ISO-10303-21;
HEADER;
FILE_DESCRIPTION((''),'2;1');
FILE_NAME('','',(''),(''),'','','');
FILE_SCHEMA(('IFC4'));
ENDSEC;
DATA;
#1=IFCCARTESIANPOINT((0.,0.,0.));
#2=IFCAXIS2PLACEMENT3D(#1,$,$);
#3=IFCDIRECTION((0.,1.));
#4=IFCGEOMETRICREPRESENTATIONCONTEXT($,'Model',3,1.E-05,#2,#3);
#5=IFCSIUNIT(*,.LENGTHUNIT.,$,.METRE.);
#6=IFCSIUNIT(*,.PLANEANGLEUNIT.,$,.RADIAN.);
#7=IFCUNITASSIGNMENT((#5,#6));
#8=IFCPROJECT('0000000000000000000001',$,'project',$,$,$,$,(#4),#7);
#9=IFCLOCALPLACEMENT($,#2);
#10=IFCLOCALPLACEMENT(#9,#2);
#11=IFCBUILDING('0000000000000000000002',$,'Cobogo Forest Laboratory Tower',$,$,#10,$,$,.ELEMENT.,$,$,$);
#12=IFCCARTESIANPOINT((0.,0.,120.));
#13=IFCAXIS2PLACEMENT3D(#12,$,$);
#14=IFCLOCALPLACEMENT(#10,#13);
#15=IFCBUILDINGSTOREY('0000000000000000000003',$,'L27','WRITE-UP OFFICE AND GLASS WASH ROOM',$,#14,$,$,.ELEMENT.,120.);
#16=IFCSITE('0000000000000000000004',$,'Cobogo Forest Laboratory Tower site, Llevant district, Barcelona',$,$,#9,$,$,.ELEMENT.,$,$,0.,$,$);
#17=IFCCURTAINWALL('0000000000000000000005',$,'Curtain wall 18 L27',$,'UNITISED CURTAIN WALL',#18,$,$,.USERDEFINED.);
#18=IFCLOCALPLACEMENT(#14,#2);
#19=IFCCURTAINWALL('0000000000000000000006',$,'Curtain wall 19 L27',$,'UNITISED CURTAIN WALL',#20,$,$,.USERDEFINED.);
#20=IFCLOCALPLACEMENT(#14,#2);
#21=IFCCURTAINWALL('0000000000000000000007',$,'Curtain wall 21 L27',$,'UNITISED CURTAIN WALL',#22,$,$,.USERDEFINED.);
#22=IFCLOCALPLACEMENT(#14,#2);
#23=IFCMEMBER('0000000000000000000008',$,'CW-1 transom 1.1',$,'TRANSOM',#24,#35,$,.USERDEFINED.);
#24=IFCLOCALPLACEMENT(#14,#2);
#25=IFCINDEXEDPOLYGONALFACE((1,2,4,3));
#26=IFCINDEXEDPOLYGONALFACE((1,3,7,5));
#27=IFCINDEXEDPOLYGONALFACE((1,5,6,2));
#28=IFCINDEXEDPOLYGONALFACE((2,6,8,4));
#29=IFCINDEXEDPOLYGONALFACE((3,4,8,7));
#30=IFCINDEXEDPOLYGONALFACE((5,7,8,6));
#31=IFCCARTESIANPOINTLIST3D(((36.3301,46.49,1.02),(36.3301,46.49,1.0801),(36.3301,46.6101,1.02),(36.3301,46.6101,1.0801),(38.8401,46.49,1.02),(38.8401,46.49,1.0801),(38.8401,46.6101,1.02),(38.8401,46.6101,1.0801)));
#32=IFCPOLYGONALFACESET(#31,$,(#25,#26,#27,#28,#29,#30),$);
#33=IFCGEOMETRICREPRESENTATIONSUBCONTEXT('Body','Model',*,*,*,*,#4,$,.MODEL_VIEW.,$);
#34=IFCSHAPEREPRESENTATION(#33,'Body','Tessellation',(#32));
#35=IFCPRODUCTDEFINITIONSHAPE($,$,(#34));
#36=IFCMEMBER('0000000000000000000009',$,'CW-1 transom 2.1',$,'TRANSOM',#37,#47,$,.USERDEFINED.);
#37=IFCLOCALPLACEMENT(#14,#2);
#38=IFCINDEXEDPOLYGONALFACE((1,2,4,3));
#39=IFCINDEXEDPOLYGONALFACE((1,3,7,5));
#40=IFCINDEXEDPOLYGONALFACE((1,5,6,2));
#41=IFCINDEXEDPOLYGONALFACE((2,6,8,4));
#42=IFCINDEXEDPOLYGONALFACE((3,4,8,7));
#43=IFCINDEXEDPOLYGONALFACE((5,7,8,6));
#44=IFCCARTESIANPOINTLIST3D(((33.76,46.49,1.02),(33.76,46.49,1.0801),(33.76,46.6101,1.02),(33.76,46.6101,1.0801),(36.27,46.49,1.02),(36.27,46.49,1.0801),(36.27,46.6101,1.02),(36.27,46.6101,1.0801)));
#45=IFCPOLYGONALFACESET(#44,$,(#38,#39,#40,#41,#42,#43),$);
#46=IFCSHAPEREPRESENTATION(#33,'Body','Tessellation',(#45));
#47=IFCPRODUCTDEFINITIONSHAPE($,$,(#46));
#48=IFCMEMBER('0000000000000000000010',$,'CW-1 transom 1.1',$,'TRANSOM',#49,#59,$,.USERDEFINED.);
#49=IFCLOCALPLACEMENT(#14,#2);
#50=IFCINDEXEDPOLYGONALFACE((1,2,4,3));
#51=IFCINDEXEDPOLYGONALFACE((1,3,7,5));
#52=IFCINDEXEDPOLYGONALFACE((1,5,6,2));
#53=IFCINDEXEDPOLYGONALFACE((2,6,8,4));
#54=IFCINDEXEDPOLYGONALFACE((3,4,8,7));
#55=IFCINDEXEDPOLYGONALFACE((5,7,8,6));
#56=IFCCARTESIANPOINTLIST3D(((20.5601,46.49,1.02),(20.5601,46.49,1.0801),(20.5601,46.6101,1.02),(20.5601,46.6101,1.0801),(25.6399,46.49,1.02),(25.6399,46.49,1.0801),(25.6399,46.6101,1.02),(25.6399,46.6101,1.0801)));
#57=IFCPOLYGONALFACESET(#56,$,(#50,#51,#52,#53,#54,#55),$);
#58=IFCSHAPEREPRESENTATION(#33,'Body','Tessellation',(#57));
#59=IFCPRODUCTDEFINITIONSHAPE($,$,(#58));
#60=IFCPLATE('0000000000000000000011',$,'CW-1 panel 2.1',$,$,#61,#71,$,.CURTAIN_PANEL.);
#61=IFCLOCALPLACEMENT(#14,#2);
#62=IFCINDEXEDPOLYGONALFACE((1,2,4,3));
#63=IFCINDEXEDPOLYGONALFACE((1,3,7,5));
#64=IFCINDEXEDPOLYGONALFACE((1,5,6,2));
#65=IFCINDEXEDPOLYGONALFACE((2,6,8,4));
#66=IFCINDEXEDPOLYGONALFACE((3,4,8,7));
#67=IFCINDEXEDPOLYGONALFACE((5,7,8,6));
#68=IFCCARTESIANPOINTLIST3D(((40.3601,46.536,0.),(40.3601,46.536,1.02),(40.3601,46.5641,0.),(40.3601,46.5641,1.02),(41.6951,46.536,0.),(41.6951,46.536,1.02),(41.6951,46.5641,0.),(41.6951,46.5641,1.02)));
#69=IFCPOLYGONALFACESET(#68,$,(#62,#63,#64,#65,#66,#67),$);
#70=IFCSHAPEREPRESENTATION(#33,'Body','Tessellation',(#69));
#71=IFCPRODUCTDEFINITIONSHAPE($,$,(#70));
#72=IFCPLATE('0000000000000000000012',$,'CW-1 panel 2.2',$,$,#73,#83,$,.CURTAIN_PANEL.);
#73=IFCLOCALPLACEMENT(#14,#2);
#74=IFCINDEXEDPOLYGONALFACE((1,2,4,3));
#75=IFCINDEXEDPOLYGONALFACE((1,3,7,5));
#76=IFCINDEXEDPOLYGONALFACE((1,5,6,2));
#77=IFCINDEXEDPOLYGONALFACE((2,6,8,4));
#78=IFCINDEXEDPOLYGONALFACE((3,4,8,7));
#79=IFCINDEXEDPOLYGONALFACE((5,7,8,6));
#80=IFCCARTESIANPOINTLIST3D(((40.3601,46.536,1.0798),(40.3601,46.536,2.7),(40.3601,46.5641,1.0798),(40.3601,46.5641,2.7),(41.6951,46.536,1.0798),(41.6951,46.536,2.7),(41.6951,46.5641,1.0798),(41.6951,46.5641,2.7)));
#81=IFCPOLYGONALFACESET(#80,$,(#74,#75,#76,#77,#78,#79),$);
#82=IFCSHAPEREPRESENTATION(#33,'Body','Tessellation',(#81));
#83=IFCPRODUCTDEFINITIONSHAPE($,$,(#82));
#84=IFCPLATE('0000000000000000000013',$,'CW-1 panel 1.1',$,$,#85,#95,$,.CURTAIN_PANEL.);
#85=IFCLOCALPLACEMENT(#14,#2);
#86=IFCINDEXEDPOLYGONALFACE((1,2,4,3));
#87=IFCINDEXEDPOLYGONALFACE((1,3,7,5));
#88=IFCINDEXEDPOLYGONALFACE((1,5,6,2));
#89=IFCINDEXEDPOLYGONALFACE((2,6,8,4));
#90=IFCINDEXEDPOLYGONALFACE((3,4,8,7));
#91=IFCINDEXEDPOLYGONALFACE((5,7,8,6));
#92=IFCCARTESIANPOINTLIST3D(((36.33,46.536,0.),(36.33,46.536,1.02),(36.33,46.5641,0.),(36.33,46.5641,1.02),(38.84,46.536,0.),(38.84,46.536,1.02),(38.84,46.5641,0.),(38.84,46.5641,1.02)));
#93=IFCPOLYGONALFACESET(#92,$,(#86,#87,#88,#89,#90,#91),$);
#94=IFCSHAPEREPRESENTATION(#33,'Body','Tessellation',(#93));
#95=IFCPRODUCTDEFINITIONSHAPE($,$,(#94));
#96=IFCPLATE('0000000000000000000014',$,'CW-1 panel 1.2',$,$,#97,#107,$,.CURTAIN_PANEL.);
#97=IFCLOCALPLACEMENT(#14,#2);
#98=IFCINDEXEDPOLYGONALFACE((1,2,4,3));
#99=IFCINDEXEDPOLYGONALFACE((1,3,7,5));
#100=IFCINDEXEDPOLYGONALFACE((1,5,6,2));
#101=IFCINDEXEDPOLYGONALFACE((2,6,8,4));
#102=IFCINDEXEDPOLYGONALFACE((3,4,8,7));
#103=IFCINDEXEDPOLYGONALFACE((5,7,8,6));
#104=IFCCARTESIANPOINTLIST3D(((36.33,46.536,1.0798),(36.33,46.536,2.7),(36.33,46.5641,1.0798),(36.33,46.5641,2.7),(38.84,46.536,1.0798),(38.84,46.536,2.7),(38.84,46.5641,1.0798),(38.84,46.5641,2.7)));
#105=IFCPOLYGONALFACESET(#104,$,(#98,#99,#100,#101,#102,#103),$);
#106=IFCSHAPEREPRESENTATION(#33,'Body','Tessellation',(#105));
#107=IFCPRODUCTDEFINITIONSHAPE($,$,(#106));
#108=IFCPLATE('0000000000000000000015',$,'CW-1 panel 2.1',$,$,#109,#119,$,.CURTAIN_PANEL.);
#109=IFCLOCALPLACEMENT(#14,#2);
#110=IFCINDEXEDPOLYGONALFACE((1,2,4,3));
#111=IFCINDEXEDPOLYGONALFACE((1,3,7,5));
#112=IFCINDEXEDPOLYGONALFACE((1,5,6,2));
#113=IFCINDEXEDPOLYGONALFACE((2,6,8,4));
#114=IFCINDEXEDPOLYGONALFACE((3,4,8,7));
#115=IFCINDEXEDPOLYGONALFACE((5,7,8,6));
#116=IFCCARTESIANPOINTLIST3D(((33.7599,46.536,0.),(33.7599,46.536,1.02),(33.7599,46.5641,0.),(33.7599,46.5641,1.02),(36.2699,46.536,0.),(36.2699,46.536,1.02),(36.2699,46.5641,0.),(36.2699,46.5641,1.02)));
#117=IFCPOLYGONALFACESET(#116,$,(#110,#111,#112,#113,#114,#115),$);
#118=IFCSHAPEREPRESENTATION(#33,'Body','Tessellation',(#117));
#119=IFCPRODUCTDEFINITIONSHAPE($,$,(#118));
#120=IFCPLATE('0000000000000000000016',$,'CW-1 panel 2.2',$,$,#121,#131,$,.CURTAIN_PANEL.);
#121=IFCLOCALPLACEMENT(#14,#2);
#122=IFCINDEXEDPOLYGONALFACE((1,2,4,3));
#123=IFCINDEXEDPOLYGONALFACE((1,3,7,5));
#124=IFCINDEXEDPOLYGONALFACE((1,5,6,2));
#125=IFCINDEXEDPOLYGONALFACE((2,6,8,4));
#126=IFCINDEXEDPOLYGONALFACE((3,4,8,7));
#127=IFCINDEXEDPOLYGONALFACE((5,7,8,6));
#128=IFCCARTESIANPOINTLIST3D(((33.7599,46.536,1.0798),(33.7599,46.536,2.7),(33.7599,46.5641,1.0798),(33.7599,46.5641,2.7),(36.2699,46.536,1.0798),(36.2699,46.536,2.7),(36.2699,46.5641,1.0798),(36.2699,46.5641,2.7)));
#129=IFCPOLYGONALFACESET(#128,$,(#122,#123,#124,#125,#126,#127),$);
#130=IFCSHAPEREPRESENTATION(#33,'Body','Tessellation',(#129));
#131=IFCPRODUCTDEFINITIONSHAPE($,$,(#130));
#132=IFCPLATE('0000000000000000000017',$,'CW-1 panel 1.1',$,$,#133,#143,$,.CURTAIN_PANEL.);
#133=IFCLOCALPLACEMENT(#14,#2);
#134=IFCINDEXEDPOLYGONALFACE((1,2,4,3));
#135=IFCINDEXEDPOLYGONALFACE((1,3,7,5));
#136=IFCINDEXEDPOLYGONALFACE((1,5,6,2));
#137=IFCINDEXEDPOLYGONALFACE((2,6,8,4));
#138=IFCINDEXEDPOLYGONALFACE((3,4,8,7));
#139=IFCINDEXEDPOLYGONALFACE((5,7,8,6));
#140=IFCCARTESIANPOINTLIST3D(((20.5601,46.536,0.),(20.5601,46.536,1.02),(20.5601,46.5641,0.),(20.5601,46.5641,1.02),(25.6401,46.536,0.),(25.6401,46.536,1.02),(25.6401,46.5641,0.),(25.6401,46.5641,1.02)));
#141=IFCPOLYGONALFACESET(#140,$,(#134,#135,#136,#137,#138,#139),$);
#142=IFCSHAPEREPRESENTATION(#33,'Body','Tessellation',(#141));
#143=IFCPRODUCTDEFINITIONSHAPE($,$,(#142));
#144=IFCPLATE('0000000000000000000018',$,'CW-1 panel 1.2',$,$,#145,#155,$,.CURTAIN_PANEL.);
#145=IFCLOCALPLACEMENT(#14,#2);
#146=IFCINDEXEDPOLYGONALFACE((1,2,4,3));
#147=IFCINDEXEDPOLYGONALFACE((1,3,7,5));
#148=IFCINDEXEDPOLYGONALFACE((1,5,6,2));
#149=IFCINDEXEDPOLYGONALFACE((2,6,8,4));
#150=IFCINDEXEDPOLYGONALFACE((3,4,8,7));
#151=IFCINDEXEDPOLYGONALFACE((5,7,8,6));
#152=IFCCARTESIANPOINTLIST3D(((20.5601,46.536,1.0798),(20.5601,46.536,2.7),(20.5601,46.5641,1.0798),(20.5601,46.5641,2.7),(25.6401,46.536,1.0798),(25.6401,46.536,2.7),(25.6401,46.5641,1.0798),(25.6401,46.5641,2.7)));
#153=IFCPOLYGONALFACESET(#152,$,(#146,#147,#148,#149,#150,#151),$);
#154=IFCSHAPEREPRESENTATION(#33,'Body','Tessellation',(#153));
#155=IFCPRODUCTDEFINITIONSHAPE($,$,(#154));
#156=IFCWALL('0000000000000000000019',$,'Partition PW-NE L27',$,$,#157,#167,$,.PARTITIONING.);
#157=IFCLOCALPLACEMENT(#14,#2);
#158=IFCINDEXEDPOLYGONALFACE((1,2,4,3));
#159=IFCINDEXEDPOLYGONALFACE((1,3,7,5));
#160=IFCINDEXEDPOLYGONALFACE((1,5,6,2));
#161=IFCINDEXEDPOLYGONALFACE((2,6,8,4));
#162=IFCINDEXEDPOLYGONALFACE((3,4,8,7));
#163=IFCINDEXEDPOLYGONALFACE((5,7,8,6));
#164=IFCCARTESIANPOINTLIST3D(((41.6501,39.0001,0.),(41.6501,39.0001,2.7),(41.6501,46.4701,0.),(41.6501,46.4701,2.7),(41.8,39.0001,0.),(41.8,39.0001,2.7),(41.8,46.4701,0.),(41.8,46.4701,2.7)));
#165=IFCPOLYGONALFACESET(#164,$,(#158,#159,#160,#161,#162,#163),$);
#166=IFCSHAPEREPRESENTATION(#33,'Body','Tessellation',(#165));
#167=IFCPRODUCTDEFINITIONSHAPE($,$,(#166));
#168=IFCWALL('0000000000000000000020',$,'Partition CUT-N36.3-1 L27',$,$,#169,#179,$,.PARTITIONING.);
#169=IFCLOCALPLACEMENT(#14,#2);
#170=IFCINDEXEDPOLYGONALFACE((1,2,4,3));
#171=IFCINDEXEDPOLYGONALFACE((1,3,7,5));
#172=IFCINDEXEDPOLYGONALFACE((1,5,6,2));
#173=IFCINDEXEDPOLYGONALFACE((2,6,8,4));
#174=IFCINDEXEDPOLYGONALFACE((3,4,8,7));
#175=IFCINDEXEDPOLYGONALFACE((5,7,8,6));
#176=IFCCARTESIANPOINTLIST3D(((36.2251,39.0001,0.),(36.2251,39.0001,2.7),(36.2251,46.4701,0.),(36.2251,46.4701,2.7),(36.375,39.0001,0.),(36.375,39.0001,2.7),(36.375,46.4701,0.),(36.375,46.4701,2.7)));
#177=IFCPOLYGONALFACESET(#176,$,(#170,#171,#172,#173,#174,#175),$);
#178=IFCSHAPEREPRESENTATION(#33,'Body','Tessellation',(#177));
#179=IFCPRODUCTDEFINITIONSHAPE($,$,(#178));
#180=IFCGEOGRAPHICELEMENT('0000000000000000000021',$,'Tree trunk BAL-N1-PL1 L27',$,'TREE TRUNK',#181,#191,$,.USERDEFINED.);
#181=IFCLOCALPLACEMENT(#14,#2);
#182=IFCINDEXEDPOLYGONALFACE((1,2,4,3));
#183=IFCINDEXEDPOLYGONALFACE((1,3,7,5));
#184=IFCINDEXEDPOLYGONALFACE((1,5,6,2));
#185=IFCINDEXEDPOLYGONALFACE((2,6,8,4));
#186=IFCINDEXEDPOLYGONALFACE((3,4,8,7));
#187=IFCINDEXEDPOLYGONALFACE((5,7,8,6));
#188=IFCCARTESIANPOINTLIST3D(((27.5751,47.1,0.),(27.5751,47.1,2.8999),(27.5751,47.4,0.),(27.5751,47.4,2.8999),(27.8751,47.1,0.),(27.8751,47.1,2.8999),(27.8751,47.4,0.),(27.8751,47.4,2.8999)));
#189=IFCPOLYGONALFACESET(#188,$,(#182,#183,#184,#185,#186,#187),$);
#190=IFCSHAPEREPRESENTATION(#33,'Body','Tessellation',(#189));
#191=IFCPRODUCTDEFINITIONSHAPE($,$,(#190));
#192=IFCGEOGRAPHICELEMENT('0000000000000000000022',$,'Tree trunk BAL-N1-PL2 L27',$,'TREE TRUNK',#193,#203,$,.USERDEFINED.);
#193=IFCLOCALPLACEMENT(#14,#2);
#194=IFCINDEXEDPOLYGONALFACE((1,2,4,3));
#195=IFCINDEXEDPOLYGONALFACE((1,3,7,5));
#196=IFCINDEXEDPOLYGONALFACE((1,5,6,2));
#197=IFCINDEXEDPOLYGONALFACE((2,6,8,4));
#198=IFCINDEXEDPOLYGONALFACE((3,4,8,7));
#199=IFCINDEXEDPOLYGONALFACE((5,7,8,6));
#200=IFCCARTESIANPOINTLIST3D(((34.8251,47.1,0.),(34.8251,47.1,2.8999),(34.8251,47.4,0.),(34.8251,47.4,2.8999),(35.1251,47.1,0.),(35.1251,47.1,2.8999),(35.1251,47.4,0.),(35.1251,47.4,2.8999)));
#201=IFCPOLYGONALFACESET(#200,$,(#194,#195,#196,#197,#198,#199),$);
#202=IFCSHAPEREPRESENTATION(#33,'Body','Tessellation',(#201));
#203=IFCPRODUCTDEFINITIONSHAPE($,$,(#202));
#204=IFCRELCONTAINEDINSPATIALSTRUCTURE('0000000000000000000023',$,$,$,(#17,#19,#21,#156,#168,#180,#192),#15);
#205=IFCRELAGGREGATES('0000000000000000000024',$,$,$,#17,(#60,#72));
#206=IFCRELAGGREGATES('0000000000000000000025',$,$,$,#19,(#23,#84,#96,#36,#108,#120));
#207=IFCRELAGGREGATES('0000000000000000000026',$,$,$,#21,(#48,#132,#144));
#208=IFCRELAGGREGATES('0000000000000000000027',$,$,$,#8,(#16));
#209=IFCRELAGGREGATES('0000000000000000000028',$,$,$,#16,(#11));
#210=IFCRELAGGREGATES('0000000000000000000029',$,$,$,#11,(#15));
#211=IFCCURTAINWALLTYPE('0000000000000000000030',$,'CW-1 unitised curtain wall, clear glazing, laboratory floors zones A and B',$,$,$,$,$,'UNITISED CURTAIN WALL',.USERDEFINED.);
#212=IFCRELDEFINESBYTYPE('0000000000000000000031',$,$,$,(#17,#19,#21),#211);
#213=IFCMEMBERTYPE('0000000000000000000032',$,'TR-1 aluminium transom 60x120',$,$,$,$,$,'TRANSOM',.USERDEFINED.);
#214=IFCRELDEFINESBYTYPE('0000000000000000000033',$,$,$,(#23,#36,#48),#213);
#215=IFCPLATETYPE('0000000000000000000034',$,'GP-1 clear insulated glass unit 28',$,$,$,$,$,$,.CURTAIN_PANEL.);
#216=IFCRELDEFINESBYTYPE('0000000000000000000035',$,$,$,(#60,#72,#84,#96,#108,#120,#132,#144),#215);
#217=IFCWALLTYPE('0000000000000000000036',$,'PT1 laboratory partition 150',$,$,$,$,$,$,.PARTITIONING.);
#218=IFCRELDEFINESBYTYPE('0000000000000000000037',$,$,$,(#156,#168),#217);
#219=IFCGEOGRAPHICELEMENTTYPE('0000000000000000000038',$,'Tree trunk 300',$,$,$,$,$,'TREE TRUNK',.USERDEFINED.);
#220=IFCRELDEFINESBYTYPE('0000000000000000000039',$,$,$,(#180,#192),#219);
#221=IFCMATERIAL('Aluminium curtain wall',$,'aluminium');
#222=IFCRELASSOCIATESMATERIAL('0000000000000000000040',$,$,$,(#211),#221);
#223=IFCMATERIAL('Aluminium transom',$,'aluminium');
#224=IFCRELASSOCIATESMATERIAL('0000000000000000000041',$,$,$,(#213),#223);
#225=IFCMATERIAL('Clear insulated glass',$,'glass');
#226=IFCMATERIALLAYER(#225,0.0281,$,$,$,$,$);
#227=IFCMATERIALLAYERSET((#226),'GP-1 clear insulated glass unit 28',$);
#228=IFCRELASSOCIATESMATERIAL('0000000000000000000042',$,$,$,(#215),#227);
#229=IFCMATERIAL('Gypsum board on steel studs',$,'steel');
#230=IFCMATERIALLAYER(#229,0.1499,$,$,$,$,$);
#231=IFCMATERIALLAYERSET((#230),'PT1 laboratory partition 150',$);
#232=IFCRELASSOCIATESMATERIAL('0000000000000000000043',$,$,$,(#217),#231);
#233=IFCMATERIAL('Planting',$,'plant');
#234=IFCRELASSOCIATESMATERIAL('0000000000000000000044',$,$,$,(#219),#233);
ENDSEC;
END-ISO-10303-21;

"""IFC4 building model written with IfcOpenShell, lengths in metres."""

from ifc_helpers import new_model, si_unit, direction, frame, frame_2d, origin, origin_2d, place, context, subcontext, project, spatial, rectangle, extrude, material, layer, layer_set, material_profile, profile_set, type_object, element, aggregate, save


model = new_model("IFC4")

# Units and contexts
model_context = context("Model", 3, precision=1e-05, world=origin(), true_north=direction((0.0, 1.0)))
body_context = subcontext(model_context, "Body", "Model", "MODEL_VIEW")
ifc_project = project(units=[si_unit("LENGTHUNIT", "METRE"), si_unit("PLANEANGLEUNIT", "RADIAN")], contexts=[model_context])

# Site, building, storey
site_placement = place(None, origin())
site = spatial("IfcSite", under=ifc_project, at=site_placement, Name="Cobogo Forest Laboratory Tower site, Llevant district, Barcelona", CompositionType="ELEMENT", RefElevation=0.0)
building_placement = place(site_placement, origin())
building = spatial("IfcBuilding", under=site, at=building_placement, Name="Cobogo Forest Laboratory Tower", CompositionType="ELEMENT")
storey_placement = place(building_placement, frame((0.0, 0.0, 120.0)))
storey = spatial("IfcBuildingStorey", under=building, at=storey_placement, Name="L27", Description="WRITE-UP OFFICE AND GLASS WASH ROOM", CompositionType="ELEMENT", Elevation=120.0)

# Curtain walls
ifc_material_1 = material(Name="Aluminium curtain wall", Category="aluminium")
curtain_wall_type = type_object("IfcCurtainWallType", Name="CW-1 unitised curtain wall, clear glazing, laboratory floors zones A and B", ElementType="UNITISED CURTAIN WALL", PredefinedType="USERDEFINED", material=ifc_material_1)
curtain_wall_1_placement = place(storey_placement, origin())
curtain_wall_1 = element("IfcCurtainWall", 1, at=curtain_wall_1_placement, inside=storey, type_object=curtain_wall_type, Name="Curtain wall 18 L27", ObjectType="UNITISED CURTAIN WALL", PredefinedType="USERDEFINED")
curtain_wall_2_placement = place(storey_placement, origin())
curtain_wall_2 = element("IfcCurtainWall", 2, at=curtain_wall_2_placement, inside=storey, type_object=curtain_wall_type, Name="Curtain wall 19 L27", ObjectType="UNITISED CURTAIN WALL", PredefinedType="USERDEFINED")

# Curtain wall
curtain_wall_3_placement = place(storey_placement, origin())
curtain_wall_3 = element("IfcCurtainWall", 3, at=curtain_wall_3_placement, inside=storey, type_object=curtain_wall_type, Name="Curtain wall 21 L27", ObjectType="UNITISED CURTAIN WALL", PredefinedType="USERDEFINED")

# Members
ifc_material_2 = material(Name="Aluminium transom", Category="aluminium")
ifc_material_profile_1 = material_profile(ifc_material_2, rectangle(XDim=0.1201, YDim=0.0601, at=origin_2d()), Name="AL 60x120")
ifc_profile_set_1 = profile_set([ifc_material_profile_1], Name="Aluminium transom")
member_type_1 = type_object("IfcMemberType", Name="TR-1 aluminium transom 60x120", ElementType="TRANSOM", PredefinedType="USERDEFINED", material=ifc_profile_set_1)
member_1_placement = place(storey_placement, frame((38.8401, 46.55, 1.05), z_axis=(-1.0, 0.0, 0.0), x_axis=(0.0, -1.0, 0.0)))
member_1 = element("IfcMember", 4, at=member_1_placement, type_object=member_type_1, Name="CW-1 transom 1.1", ObjectType="TRANSOM", PredefinedType="USERDEFINED", context=body_context, shape_type="SweptSolid", body=[
    extrude(rectangle(XDim=0.1201, YDim=0.0601, at=origin_2d()), origin(), (0.0, 0.0, 1.0), 2.51),
])
member_2_placement = place(storey_placement, frame((36.27, 46.55, 1.05), z_axis=(-1.0, 0.0, 0.0), x_axis=(0.0, -1.0, 0.0)))
member_2 = element("IfcMember", 5, at=member_2_placement, type_object=member_type_1, Name="CW-1 transom 2.1", ObjectType="TRANSOM", PredefinedType="USERDEFINED", context=body_context, shape_type="SweptSolid", body=[
    extrude(rectangle(XDim=0.1201, YDim=0.0601, at=origin_2d()), origin(), (0.0, 0.0, 1.0), 2.51),
])
member_3_placement = place(storey_placement, frame((25.6399, 46.55, 1.05), z_axis=(-1.0, 0.0, 0.0), x_axis=(0.0, -1.0, 0.0)))
member_3 = element("IfcMember", 6, at=member_3_placement, type_object=member_type_1, Name="CW-1 transom 1.1", ObjectType="TRANSOM", PredefinedType="USERDEFINED", context=body_context, shape_type="SweptSolid", body=[
    extrude(rectangle(XDim=0.1201, YDim=0.0601, at=origin_2d()), origin(), (0.0, 0.0, 1.0), 5.0798),
])

# Plates
ifc_material_3 = material(Name="Clear insulated glass", Category="glass")
ifc_layer_1 = layer(ifc_material_3, 0.0281)
ifc_layer_set_1 = layer_set([ifc_layer_1], Name="GP-1 clear insulated glass unit 28")
plate_type = type_object("IfcPlateType", Name="GP-1 clear insulated glass unit 28", PredefinedType="CURTAIN_PANEL", material=ifc_layer_set_1)
plate_1_placement = place(storey_placement, frame((41.0276, 46.55, 0.0), z_axis=(0.0, 0.0, 1.0), x_axis=(-1.0, 0.0, 0.0)))
plate_1 = element("IfcPlate", 7, at=plate_1_placement, type_object=plate_type, Name="CW-1 panel 2.1", PredefinedType="CURTAIN_PANEL", context=body_context, shape_type="SweptSolid", body=[
    extrude(rectangle(XDim=1.335, YDim=0.0281, at=origin_2d()), origin(), (0.0, 0.0, 1.0), 1.02),
])
plate_2_placement = place(storey_placement, frame((41.0276, 46.55, 1.0798), z_axis=(0.0, 0.0, 1.0), x_axis=(-1.0, 0.0, 0.0)))
plate_2 = element("IfcPlate", 8, at=plate_2_placement, type_object=plate_type, Name="CW-1 panel 2.2", PredefinedType="CURTAIN_PANEL", context=body_context, shape_type="SweptSolid", body=[
    extrude(rectangle(XDim=1.335, YDim=0.0281, at=origin_2d()), origin(), (0.0, 0.0, 1.0), 1.6201),
])
aggregate(curtain_wall_1, [plate_1, plate_2])
plate_3_placement = place(storey_placement, frame((37.585, 46.55, 0.0), z_axis=(0.0, 0.0, 1.0), x_axis=(-1.0, 0.0, 0.0)))
plate_3 = element("IfcPlate", 9, at=plate_3_placement, type_object=plate_type, Name="CW-1 panel 1.1", PredefinedType="CURTAIN_PANEL", context=body_context, shape_type="SweptSolid", body=[
    extrude(rectangle(XDim=2.51, YDim=0.0281, at=origin_2d()), origin(), (0.0, 0.0, 1.0), 1.02),
])
plate_4_placement = place(storey_placement, frame((37.585, 46.55, 1.0798), z_axis=(0.0, 0.0, 1.0), x_axis=(-1.0, 0.0, 0.0)))
plate_4 = element("IfcPlate", 10, at=plate_4_placement, type_object=plate_type, Name="CW-1 panel 1.2", PredefinedType="CURTAIN_PANEL", context=body_context, shape_type="SweptSolid", body=[
    extrude(rectangle(XDim=2.51, YDim=0.0281, at=origin_2d()), origin(), (0.0, 0.0, 1.0), 1.6201),
])
plate_5_placement = place(storey_placement, frame((35.0149, 46.55, 0.0), z_axis=(0.0, 0.0, 1.0), x_axis=(-1.0, 0.0, 0.0)))
plate_5 = element("IfcPlate", 11, at=plate_5_placement, type_object=plate_type, Name="CW-1 panel 2.1", PredefinedType="CURTAIN_PANEL", context=body_context, shape_type="SweptSolid", body=[
    extrude(rectangle(XDim=2.51, YDim=0.0281, at=origin_2d()), origin(), (0.0, 0.0, 1.0), 1.02),
])
plate_6_placement = place(storey_placement, frame((35.0149, 46.55, 1.0798), z_axis=(0.0, 0.0, 1.0), x_axis=(-1.0, 0.0, 0.0)))
plate_6 = element("IfcPlate", 12, at=plate_6_placement, type_object=plate_type, Name="CW-1 panel 2.2", PredefinedType="CURTAIN_PANEL", context=body_context, shape_type="SweptSolid", body=[
    extrude(rectangle(XDim=2.51, YDim=0.0281, at=origin_2d()), origin(), (0.0, 0.0, 1.0), 1.6201),
])
aggregate(curtain_wall_2, [member_1, plate_3, plate_4, member_2, plate_5, plate_6])
plate_7_placement = place(storey_placement, frame((23.1001, 46.55, 0.0), z_axis=(0.0, 0.0, 1.0), x_axis=(-1.0, 0.0, 0.0)))
plate_7 = element("IfcPlate", 13, at=plate_7_placement, type_object=plate_type, Name="CW-1 panel 1.1", PredefinedType="CURTAIN_PANEL", context=body_context, shape_type="SweptSolid", body=[
    extrude(rectangle(XDim=5.0801, YDim=0.0281, at=origin_2d()), origin(), (0.0, 0.0, 1.0), 1.02),
])
plate_8_placement = place(storey_placement, frame((23.1001, 46.55, 1.0798), z_axis=(0.0, 0.0, 1.0), x_axis=(-1.0, 0.0, 0.0)))
plate_8 = element("IfcPlate", 14, at=plate_8_placement, type_object=plate_type, Name="CW-1 panel 1.2", PredefinedType="CURTAIN_PANEL", context=body_context, shape_type="SweptSolid", body=[
    extrude(rectangle(XDim=5.0801, YDim=0.0281, at=origin_2d()), origin(), (0.0, 0.0, 1.0), 1.6201),
])
aggregate(curtain_wall_3, [member_3, plate_7, plate_8])

# Walls
ifc_material_4 = material(Name="Gypsum board on steel studs", Category="steel")
ifc_layer_2 = layer(ifc_material_4, 0.1499)
ifc_layer_set_2 = layer_set([ifc_layer_2], Name="PT1 laboratory partition 150")
wall_type_1 = type_object("IfcWallType", Name="PT1 laboratory partition 150", PredefinedType="PARTITIONING", material=ifc_layer_set_2)
for number, where, z_axis, x_axis, name in (
    (15, (41.7251, 46.47, 0.0), (0.0, 0.0, 1.0), (0.0, -1.0, 0.0), "Partition PW-NE L27"),
    (16, (36.3, 46.47, 0.0), (0.0, 0.0, 1.0), (0.0, -1.0, 0.0), "Partition CUT-N36.3-1 L27"),
):
    element("IfcWall", number, at=place(storey_placement, frame(where, z_axis=z_axis, x_axis=x_axis)), inside=storey, type_object=wall_type_1, Name=name, PredefinedType="PARTITIONING", context=body_context, shape_type="SweptSolid", body=[
        extrude(rectangle(XDim=7.47, YDim=0.1499, at=frame_2d((3.7349, 0.0))), origin(), (0.0, 0.0, 1.0), 2.7),
    ])

# Geographic elements
ifc_material_5 = material(Name="Planting", Category="plant")
geographic_element_type = type_object("IfcGeographicElementType", Name="Tree trunk 300", ElementType="TREE TRUNK", PredefinedType="USERDEFINED", material=ifc_material_5)
for number, where, z_axis, x_axis, name in (
    (17, (27.7251, 47.25, 0.0), (0.0, 0.0, 1.0), (1.0, 0.0, 0.0), "Tree trunk BAL-N1-PL1 L27"),
    (18, (34.9751, 47.25, 0.0), (0.0, 0.0, 1.0), (1.0, 0.0, 0.0), "Tree trunk BAL-N1-PL2 L27"),
):
    element("IfcGeographicElement", number, at=place(storey_placement, frame(where, z_axis=z_axis, x_axis=x_axis)), inside=storey, type_object=geographic_element_type, Name=name, ObjectType="TREE TRUNK", PredefinedType="USERDEFINED", context=body_context, shape_type="SweptSolid", body=[
        extrude(rectangle(XDim=0.3, YDim=0.3, at=origin_2d()), origin(), (0.0, 0.0, 1.0), 2.8999),
    ])

save(model, "model.ifc")
